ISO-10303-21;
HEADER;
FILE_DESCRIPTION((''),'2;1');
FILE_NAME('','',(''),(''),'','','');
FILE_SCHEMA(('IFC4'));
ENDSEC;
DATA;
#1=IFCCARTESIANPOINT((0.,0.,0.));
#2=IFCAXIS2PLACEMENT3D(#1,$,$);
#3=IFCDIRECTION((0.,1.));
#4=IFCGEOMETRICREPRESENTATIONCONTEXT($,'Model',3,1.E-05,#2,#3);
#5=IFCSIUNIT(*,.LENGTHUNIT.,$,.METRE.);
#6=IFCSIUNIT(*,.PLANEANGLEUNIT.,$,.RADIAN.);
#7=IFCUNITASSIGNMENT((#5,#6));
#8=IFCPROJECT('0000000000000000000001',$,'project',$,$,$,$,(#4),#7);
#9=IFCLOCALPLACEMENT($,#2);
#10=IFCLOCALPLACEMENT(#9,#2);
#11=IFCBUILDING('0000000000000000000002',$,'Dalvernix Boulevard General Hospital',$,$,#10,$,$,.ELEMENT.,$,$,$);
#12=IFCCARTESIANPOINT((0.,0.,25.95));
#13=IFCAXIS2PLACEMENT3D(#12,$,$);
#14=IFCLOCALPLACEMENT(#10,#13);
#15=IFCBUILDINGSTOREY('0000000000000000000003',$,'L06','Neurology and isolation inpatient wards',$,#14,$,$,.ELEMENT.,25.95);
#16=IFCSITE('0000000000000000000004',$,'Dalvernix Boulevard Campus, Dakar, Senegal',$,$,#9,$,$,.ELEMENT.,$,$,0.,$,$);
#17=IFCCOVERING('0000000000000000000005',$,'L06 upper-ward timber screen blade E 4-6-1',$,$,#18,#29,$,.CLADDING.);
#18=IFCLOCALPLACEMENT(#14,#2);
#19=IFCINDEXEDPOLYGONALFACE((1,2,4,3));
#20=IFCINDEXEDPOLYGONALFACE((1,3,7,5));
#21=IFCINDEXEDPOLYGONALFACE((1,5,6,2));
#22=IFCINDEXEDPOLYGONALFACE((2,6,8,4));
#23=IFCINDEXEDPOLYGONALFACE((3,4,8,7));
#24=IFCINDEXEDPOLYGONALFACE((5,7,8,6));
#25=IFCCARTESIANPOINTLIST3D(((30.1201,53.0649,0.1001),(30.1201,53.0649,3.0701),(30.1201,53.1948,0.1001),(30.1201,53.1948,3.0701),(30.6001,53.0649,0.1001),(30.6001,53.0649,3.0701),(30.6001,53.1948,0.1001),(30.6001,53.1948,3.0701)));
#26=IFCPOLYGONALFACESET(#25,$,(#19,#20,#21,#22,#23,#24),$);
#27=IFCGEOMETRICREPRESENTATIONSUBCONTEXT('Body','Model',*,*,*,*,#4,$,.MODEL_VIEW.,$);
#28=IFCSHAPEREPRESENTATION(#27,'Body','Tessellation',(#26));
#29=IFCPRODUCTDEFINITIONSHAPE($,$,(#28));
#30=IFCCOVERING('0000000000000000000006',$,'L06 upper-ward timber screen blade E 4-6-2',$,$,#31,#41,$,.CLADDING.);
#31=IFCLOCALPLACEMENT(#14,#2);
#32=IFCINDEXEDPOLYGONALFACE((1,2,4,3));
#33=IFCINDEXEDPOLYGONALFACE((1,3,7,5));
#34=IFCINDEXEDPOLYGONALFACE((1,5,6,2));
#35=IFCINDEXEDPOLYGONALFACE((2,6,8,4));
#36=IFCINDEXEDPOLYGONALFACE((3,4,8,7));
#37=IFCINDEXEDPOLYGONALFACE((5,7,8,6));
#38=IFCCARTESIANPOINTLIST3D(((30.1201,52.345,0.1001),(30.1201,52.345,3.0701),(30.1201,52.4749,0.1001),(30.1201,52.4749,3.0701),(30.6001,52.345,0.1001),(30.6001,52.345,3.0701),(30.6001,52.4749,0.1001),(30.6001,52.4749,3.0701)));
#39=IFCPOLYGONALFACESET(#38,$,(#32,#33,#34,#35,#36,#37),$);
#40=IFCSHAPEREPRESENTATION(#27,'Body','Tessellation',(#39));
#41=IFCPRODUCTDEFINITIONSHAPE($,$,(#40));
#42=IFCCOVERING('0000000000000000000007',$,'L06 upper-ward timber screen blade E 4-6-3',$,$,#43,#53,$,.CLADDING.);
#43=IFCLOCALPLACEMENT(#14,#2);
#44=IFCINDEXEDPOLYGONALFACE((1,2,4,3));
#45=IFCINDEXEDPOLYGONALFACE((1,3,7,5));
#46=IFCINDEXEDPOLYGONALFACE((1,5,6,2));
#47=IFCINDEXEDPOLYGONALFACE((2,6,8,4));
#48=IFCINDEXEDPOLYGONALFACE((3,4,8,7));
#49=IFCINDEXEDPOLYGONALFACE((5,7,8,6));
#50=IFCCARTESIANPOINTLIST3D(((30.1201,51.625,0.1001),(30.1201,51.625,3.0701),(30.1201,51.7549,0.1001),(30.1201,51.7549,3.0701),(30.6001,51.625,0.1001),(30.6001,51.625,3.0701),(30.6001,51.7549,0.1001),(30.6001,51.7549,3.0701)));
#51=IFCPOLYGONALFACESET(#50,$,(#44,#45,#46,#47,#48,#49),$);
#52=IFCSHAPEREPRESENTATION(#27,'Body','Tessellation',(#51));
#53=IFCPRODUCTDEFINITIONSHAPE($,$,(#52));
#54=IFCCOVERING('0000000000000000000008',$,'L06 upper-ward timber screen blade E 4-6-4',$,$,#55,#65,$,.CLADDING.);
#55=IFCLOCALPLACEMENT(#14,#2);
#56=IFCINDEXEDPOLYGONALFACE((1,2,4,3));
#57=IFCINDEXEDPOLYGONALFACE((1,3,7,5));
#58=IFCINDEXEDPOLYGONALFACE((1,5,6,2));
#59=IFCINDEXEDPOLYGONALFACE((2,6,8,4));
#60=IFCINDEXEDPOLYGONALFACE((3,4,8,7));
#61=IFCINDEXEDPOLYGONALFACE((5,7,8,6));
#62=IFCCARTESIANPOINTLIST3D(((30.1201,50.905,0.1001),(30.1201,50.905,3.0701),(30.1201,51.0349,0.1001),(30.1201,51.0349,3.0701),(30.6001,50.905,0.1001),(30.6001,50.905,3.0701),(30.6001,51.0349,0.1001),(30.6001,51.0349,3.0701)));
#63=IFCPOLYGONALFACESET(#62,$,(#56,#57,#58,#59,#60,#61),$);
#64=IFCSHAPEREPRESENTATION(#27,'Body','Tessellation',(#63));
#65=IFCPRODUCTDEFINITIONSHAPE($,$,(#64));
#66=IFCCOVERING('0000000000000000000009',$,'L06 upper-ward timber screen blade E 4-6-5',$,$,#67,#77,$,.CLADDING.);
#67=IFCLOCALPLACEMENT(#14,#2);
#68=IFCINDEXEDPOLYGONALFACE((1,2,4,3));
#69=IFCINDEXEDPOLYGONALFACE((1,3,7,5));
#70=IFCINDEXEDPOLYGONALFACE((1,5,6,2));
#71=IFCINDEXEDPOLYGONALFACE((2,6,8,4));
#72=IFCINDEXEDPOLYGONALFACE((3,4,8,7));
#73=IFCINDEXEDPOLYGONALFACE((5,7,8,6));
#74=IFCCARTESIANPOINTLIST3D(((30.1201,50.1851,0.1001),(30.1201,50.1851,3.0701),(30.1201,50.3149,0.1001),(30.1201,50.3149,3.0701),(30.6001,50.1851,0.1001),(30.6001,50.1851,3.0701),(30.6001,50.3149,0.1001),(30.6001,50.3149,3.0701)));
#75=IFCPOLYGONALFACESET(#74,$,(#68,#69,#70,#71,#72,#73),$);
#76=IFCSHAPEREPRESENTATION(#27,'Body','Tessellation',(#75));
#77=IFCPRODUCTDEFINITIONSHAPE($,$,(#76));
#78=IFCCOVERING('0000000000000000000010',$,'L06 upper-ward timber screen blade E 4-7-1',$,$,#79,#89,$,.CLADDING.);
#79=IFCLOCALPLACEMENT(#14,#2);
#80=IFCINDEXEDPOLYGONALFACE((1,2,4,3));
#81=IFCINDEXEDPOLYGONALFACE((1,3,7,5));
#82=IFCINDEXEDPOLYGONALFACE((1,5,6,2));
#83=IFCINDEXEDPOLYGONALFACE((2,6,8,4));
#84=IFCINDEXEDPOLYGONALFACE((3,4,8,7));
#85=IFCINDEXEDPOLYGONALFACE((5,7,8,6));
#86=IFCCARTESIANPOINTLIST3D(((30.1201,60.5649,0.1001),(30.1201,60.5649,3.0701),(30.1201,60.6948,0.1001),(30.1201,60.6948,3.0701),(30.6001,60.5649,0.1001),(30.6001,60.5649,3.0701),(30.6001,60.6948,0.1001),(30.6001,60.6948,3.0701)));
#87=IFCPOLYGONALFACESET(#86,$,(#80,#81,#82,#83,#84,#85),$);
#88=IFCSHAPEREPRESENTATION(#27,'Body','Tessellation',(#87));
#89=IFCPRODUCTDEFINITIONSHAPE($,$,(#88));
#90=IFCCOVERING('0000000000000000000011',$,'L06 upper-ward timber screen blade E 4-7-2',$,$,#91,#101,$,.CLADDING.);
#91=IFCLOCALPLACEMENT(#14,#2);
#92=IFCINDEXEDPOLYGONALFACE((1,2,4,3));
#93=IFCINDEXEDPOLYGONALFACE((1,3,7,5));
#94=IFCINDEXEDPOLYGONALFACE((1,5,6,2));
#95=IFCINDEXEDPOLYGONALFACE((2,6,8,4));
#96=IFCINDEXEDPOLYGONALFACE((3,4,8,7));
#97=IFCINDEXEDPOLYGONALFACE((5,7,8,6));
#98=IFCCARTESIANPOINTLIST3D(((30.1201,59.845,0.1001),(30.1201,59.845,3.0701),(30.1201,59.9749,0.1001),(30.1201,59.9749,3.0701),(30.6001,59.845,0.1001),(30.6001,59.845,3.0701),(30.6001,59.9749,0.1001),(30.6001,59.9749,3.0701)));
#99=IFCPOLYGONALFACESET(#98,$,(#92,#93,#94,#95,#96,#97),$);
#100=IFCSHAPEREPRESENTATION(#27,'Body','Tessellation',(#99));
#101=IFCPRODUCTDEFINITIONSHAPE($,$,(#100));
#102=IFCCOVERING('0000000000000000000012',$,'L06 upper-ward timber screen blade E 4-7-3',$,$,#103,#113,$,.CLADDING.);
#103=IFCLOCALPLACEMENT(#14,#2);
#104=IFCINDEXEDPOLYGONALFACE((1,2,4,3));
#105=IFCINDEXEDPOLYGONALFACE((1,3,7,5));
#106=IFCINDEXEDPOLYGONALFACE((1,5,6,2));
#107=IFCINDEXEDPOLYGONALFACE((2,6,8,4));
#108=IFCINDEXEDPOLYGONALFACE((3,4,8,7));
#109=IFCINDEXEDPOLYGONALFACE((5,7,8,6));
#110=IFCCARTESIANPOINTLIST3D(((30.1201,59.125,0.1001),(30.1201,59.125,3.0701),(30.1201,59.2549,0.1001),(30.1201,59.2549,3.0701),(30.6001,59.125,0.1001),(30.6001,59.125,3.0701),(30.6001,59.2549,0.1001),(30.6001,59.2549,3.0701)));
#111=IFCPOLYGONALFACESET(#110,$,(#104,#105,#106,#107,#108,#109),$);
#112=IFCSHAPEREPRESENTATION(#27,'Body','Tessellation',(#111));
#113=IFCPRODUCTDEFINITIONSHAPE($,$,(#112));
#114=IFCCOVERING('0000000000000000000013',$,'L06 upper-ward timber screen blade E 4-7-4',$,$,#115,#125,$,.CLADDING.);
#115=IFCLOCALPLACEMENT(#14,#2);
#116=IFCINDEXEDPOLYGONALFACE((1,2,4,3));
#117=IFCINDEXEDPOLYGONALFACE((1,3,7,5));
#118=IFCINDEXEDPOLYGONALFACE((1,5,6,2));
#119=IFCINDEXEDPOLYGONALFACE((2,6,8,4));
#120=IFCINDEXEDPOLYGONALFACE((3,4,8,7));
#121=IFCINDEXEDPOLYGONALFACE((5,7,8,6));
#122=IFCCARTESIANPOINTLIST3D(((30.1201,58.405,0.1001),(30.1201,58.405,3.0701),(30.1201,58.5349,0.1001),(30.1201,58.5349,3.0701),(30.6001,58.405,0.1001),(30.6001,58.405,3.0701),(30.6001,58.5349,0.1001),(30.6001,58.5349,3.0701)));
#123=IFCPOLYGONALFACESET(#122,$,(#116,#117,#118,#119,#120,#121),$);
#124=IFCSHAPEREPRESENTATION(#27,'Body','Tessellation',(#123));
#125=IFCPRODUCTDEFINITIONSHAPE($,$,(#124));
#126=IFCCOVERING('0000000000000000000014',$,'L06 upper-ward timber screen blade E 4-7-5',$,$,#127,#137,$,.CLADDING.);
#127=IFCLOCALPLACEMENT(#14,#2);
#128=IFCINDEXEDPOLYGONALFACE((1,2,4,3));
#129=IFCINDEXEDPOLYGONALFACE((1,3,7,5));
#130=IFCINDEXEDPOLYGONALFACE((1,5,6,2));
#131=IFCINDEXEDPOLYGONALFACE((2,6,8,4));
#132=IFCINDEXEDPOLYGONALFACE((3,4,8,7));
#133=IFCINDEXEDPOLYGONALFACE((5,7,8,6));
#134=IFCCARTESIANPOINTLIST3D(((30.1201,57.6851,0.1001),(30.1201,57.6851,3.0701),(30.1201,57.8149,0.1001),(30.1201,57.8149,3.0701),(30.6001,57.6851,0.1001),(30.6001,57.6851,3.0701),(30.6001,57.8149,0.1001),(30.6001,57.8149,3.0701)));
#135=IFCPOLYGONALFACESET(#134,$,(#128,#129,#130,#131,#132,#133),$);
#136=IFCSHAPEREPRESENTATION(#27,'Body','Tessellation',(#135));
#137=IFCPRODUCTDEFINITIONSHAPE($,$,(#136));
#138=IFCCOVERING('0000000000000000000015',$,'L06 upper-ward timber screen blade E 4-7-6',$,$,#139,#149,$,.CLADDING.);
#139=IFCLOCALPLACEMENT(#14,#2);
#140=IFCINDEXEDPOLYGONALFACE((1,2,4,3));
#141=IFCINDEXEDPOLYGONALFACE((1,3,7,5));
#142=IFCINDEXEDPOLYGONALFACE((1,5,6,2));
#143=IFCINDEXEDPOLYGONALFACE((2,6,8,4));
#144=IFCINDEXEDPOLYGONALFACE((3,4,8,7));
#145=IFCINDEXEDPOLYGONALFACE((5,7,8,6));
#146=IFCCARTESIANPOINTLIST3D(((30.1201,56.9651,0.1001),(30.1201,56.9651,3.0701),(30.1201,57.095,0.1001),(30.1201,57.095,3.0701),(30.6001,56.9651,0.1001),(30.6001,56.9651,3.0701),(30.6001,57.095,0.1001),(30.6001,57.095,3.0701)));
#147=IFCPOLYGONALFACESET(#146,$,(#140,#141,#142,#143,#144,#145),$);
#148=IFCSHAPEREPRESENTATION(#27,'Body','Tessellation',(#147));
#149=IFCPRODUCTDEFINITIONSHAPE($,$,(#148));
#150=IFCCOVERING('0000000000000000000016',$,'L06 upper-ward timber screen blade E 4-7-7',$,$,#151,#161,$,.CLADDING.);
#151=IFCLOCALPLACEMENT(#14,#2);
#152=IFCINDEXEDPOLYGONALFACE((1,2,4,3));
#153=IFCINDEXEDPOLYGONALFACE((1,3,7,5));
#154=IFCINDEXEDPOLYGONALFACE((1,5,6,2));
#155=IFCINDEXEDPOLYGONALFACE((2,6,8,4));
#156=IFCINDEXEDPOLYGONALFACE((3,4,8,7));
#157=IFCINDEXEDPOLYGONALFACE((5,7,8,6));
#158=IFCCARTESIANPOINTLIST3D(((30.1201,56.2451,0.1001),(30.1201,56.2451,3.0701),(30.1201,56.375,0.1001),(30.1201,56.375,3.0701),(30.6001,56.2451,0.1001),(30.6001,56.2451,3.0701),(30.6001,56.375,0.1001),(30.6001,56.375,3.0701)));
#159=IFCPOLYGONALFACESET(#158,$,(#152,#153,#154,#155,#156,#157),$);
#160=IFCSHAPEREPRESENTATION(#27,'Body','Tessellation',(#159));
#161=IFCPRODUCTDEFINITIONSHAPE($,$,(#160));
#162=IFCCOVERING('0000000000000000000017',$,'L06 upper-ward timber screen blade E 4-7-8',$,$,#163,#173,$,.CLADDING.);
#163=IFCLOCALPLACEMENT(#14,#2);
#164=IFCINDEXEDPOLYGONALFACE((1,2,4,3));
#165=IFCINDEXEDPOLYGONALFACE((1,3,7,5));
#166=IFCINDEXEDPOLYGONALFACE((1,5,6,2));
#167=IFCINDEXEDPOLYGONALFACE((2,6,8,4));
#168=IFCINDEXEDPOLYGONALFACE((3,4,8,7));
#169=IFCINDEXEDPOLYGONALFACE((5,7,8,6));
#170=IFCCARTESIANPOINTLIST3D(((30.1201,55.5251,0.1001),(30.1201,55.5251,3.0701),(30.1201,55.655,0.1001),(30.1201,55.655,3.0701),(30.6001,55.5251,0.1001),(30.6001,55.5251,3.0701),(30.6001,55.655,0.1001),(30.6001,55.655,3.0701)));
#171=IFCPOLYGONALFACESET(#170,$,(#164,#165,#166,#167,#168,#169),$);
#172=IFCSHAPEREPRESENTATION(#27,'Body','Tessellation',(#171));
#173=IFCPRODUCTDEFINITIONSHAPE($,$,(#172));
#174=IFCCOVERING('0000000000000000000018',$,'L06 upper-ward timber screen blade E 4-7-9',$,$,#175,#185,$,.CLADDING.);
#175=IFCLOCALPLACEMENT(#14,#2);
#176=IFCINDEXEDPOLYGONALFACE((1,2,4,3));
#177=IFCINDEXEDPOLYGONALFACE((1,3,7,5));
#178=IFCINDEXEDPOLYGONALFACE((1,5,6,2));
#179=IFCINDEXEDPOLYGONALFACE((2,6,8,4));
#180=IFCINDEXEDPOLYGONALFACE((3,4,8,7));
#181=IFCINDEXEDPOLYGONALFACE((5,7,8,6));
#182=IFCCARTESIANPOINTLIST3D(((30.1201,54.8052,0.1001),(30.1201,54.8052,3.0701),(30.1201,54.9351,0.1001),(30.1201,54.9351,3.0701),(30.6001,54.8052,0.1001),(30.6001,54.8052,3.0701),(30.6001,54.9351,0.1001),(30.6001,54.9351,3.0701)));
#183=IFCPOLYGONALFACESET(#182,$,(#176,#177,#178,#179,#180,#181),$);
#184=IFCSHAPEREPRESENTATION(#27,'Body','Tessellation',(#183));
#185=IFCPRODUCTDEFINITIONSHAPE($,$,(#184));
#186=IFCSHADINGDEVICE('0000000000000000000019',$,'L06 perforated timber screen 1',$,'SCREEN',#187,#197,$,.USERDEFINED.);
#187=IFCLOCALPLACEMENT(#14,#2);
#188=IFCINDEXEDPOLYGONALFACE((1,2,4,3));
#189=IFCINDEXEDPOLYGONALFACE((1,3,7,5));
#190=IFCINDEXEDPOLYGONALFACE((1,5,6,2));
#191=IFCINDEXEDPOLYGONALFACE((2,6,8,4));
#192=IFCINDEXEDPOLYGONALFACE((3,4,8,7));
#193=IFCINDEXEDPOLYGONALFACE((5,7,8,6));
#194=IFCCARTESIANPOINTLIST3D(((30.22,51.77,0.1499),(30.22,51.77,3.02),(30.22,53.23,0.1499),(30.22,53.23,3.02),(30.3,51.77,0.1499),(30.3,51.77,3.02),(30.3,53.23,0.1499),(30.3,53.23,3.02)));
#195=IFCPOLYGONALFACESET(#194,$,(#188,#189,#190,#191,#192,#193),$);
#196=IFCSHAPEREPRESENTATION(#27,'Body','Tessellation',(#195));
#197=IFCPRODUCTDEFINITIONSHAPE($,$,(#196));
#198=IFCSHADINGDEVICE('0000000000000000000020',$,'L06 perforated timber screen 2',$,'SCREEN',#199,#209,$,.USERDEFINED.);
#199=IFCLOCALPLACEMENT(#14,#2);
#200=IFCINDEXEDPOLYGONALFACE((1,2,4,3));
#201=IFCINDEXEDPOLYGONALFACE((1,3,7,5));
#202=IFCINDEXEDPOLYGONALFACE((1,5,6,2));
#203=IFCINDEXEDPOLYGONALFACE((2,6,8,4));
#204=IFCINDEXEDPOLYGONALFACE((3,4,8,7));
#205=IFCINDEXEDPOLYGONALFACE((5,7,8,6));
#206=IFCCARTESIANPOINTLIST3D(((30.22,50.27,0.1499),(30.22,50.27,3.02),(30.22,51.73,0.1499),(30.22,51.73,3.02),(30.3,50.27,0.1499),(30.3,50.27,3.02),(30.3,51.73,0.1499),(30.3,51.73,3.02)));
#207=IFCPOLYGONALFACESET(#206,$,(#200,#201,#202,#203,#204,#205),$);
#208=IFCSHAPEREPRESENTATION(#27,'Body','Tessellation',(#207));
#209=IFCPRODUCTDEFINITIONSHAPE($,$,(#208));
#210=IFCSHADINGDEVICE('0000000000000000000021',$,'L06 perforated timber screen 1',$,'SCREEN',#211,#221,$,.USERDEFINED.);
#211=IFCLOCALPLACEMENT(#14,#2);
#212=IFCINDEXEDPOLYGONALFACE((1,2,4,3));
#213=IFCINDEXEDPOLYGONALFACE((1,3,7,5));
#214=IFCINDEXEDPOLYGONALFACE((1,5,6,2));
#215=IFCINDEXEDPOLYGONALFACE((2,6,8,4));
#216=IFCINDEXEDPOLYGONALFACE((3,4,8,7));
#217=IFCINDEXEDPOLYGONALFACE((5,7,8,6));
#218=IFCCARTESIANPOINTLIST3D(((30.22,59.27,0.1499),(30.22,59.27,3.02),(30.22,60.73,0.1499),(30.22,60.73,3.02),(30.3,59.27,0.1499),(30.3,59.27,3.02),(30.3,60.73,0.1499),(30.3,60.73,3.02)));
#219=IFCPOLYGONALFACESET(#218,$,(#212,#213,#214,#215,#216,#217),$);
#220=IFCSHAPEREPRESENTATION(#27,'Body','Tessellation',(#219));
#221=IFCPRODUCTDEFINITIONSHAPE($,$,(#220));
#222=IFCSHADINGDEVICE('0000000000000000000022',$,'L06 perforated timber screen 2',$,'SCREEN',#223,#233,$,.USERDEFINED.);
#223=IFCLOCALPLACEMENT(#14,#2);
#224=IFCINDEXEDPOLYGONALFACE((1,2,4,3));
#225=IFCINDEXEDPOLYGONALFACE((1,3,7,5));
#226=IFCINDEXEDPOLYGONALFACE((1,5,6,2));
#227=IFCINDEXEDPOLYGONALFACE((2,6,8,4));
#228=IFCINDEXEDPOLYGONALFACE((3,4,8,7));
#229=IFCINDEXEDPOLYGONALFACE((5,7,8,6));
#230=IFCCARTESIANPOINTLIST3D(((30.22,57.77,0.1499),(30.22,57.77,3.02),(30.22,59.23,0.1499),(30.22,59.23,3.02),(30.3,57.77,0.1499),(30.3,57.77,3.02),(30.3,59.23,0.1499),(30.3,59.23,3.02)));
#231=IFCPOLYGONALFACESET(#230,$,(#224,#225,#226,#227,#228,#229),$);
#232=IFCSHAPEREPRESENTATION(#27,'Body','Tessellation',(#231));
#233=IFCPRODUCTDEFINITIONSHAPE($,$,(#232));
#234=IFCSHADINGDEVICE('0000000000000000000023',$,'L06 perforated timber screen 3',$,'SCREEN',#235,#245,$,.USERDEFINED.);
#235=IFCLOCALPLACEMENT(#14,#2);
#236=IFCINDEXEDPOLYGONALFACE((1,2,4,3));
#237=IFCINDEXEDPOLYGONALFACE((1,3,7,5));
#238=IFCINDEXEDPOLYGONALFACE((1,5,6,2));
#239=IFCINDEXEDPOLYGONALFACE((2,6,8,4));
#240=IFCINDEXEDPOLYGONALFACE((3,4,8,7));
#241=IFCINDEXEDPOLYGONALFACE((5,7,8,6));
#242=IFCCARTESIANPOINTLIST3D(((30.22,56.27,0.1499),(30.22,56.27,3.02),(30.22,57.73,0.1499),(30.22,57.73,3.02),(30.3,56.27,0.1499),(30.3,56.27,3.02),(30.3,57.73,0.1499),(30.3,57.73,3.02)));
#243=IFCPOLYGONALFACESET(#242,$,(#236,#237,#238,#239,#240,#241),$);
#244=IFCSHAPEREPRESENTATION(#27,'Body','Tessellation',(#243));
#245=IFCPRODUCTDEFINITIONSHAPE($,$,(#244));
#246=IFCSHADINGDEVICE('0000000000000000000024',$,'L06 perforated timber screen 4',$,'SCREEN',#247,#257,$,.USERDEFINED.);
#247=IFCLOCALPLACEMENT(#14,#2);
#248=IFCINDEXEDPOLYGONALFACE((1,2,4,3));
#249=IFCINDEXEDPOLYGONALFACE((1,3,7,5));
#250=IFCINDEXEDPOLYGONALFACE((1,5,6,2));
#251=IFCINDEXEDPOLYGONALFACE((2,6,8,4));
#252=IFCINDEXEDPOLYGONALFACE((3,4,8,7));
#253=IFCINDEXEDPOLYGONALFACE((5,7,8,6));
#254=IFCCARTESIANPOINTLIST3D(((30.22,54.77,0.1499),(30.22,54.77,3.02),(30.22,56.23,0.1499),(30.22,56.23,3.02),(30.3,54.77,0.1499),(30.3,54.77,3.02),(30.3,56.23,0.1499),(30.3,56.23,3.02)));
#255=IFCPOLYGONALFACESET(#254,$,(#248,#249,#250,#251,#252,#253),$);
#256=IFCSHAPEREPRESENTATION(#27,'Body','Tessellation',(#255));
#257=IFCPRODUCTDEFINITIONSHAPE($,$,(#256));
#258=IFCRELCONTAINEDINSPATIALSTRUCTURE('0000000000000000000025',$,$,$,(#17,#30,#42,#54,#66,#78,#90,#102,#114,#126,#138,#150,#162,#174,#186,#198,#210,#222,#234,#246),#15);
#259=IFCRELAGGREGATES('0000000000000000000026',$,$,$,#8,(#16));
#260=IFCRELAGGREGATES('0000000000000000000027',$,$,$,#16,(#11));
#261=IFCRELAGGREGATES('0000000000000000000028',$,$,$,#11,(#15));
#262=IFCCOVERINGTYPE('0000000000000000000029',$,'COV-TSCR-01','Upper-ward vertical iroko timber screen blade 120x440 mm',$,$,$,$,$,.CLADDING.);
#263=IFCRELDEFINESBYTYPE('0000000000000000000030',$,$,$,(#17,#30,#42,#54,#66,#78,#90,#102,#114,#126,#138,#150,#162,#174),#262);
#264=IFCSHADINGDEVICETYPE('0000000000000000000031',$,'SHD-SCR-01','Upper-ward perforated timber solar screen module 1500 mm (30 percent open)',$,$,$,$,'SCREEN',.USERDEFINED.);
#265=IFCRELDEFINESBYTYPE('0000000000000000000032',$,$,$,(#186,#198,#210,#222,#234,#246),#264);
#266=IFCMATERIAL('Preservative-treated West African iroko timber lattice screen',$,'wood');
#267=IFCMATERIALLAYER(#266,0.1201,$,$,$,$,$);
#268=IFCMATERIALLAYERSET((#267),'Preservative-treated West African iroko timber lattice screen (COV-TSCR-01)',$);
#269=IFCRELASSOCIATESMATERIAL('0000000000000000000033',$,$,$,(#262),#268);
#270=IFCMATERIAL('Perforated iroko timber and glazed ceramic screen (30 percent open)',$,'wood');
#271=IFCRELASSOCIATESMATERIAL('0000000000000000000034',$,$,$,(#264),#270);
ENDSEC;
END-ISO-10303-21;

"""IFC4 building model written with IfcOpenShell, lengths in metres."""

from ifc_helpers import new_model, si_unit, direction, frame, origin, origin_2d, place, context, subcontext, project, spatial, rectangle, extrude, material, layer, layer_set, type_object, element, save


model = new_model("IFC4")

# Units and contexts
model_context = context("Model", 3, precision=1e-05, world=origin(), true_north=direction((0.0, 1.0)))
body_context = subcontext(model_context, "Body", "Model", "MODEL_VIEW")
ifc_project = project(units=[si_unit("LENGTHUNIT", "METRE"), si_unit("PLANEANGLEUNIT", "RADIAN")], contexts=[model_context])

# Site, building, storey
site_placement = place(None, origin())
site = spatial("IfcSite", under=ifc_project, at=site_placement, Name="Dalvernix Boulevard Campus, Dakar, Senegal", CompositionType="ELEMENT", RefElevation=0.0)
building_placement = place(site_placement, origin())
building = spatial("IfcBuilding", under=site, at=building_placement, Name="Dalvernix Boulevard General Hospital", CompositionType="ELEMENT")
storey_placement = place(building_placement, frame((0.0, 0.0, 25.95)))
storey = spatial("IfcBuildingStorey", under=building, at=storey_placement, Name="L06", Description="Neurology and isolation inpatient wards", CompositionType="ELEMENT", Elevation=25.95)

# Coverings
ifc_material_1 = material(Name="Preservative-treated West African iroko timber lattice screen", Category="wood")
ifc_layer = layer(ifc_material_1, 0.1201)
ifc_layer_set = layer_set([ifc_layer], Name="Preservative-treated West African iroko timber lattice screen (COV-TSCR-01)")
covering_type = type_object("IfcCoveringType", Name="COV-TSCR-01", Description="Upper-ward vertical iroko timber screen blade 120x440 mm", PredefinedType="CLADDING", material=ifc_layer_set)
for number, where, z_axis, x_axis, name in (
    (1, (30.3601, 53.1299, 0.1001), (0.0, 0.0, 1.0), (0.0, -1.0, 0.0), "L06 upper-ward timber screen blade E 4-6-1"),
    (2, (30.3601, 52.4099, 0.1001), (0.0, 0.0, 1.0), (0.0, -1.0, 0.0), "L06 upper-ward timber screen blade E 4-6-2"),
    (3, (30.3601, 51.6899, 0.1001), (0.0, 0.0, 1.0), (0.0, -1.0, 0.0), "L06 upper-ward timber screen blade E 4-6-3"),
    (4, (30.3601, 50.97, 0.1001), (0.0, 0.0, 1.0), (0.0, -1.0, 0.0), "L06 upper-ward timber screen blade E 4-6-4"),
    (5, (30.3601, 50.25, 0.1001), (0.0, 0.0, 1.0), (0.0, -1.0, 0.0), "L06 upper-ward timber screen blade E 4-6-5"),
    (6, (30.3601, 60.6299, 0.1001), (0.0, 0.0, 1.0), (0.0, -1.0, 0.0), "L06 upper-ward timber screen blade E 4-7-1"),
    (7, (30.3601, 59.9099, 0.1001), (0.0, 0.0, 1.0), (0.0, -1.0, 0.0), "L06 upper-ward timber screen blade E 4-7-2"),
    (8, (30.3601, 59.1899, 0.1001), (0.0, 0.0, 1.0), (0.0, -1.0, 0.0), "L06 upper-ward timber screen blade E 4-7-3"),
    (9, (30.3601, 58.47, 0.1001), (0.0, 0.0, 1.0), (0.0, -1.0, 0.0), "L06 upper-ward timber screen blade E 4-7-4"),
    (10, (30.3601, 57.75, 0.1001), (0.0, 0.0, 1.0), (0.0, -1.0, 0.0), "L06 upper-ward timber screen blade E 4-7-5"),
    (11, (30.3601, 57.03, 0.1001), (0.0, 0.0, 1.0), (0.0, -1.0, 0.0), "L06 upper-ward timber screen blade E 4-7-6"),
    (12, (30.3601, 56.3101, 0.1001), (0.0, 0.0, 1.0), (0.0, -1.0, 0.0), "L06 upper-ward timber screen blade E 4-7-7"),
    (13, (30.3601, 55.5901, 0.1001), (0.0, 0.0, 1.0), (0.0, -1.0, 0.0), "L06 upper-ward timber screen blade E 4-7-8"),
    (14, (30.3601, 54.8701, 0.1001), (0.0, 0.0, 1.0), (0.0, -1.0, 0.0), "L06 upper-ward timber screen blade E 4-7-9"),
):
    element("IfcCovering", number, at=place(storey_placement, frame(where, z_axis=z_axis, x_axis=x_axis)), inside=storey, type_object=covering_type, Name=name, PredefinedType="CLADDING", context=body_context, shape_type="SweptSolid", body=[
        extrude(rectangle(XDim=0.1299, YDim=0.48, at=origin_2d()), origin(), (0.0, 0.0, 1.0), 2.97),
    ])

# Shading devices
ifc_material_2 = material(Name="Perforated iroko timber and glazed ceramic screen (30 percent open)", Category="wood")
shading_device_type = type_object("IfcShadingDeviceType", Name="SHD-SCR-01", Description="Upper-ward perforated timber solar screen module 1500 mm (30 percent open)", ElementType="SCREEN", PredefinedType="USERDEFINED", material=ifc_material_2)
for number, where, z_axis, x_axis, name in (
    (15, (30.26, 52.5, 0.1499), (0.0, 0.0, 1.0), (0.0, -1.0, 0.0), "L06 perforated timber screen 1"),
    (16, (30.26, 51.0, 0.1499), (0.0, 0.0, 1.0), (0.0, -1.0, 0.0), "L06 perforated timber screen 2"),
    (17, (30.26, 60.0, 0.1499), (0.0, 0.0, 1.0), (0.0, -1.0, 0.0), "L06 perforated timber screen 1"),
    (18, (30.26, 58.5, 0.1499), (0.0, 0.0, 1.0), (0.0, -1.0, 0.0), "L06 perforated timber screen 2"),
    (19, (30.26, 57.0, 0.1499), (0.0, 0.0, 1.0), (0.0, -1.0, 0.0), "L06 perforated timber screen 3"),
    (20, (30.26, 55.5, 0.1499), (0.0, 0.0, 1.0), (0.0, -1.0, 0.0), "L06 perforated timber screen 4"),
):
    element("IfcShadingDevice", number, at=place(storey_placement, frame(where, z_axis=z_axis, x_axis=x_axis)), inside=storey, type_object=shading_device_type, Name=name, ObjectType="SCREEN", PredefinedType="USERDEFINED", context=body_context, shape_type="SweptSolid", body=[
        extrude(rectangle(XDim=1.46, YDim=0.0801, at=origin_2d()), origin(), (0.0, 0.0, 1.0), 2.8701),
    ])

save(model, "model.ifc")
